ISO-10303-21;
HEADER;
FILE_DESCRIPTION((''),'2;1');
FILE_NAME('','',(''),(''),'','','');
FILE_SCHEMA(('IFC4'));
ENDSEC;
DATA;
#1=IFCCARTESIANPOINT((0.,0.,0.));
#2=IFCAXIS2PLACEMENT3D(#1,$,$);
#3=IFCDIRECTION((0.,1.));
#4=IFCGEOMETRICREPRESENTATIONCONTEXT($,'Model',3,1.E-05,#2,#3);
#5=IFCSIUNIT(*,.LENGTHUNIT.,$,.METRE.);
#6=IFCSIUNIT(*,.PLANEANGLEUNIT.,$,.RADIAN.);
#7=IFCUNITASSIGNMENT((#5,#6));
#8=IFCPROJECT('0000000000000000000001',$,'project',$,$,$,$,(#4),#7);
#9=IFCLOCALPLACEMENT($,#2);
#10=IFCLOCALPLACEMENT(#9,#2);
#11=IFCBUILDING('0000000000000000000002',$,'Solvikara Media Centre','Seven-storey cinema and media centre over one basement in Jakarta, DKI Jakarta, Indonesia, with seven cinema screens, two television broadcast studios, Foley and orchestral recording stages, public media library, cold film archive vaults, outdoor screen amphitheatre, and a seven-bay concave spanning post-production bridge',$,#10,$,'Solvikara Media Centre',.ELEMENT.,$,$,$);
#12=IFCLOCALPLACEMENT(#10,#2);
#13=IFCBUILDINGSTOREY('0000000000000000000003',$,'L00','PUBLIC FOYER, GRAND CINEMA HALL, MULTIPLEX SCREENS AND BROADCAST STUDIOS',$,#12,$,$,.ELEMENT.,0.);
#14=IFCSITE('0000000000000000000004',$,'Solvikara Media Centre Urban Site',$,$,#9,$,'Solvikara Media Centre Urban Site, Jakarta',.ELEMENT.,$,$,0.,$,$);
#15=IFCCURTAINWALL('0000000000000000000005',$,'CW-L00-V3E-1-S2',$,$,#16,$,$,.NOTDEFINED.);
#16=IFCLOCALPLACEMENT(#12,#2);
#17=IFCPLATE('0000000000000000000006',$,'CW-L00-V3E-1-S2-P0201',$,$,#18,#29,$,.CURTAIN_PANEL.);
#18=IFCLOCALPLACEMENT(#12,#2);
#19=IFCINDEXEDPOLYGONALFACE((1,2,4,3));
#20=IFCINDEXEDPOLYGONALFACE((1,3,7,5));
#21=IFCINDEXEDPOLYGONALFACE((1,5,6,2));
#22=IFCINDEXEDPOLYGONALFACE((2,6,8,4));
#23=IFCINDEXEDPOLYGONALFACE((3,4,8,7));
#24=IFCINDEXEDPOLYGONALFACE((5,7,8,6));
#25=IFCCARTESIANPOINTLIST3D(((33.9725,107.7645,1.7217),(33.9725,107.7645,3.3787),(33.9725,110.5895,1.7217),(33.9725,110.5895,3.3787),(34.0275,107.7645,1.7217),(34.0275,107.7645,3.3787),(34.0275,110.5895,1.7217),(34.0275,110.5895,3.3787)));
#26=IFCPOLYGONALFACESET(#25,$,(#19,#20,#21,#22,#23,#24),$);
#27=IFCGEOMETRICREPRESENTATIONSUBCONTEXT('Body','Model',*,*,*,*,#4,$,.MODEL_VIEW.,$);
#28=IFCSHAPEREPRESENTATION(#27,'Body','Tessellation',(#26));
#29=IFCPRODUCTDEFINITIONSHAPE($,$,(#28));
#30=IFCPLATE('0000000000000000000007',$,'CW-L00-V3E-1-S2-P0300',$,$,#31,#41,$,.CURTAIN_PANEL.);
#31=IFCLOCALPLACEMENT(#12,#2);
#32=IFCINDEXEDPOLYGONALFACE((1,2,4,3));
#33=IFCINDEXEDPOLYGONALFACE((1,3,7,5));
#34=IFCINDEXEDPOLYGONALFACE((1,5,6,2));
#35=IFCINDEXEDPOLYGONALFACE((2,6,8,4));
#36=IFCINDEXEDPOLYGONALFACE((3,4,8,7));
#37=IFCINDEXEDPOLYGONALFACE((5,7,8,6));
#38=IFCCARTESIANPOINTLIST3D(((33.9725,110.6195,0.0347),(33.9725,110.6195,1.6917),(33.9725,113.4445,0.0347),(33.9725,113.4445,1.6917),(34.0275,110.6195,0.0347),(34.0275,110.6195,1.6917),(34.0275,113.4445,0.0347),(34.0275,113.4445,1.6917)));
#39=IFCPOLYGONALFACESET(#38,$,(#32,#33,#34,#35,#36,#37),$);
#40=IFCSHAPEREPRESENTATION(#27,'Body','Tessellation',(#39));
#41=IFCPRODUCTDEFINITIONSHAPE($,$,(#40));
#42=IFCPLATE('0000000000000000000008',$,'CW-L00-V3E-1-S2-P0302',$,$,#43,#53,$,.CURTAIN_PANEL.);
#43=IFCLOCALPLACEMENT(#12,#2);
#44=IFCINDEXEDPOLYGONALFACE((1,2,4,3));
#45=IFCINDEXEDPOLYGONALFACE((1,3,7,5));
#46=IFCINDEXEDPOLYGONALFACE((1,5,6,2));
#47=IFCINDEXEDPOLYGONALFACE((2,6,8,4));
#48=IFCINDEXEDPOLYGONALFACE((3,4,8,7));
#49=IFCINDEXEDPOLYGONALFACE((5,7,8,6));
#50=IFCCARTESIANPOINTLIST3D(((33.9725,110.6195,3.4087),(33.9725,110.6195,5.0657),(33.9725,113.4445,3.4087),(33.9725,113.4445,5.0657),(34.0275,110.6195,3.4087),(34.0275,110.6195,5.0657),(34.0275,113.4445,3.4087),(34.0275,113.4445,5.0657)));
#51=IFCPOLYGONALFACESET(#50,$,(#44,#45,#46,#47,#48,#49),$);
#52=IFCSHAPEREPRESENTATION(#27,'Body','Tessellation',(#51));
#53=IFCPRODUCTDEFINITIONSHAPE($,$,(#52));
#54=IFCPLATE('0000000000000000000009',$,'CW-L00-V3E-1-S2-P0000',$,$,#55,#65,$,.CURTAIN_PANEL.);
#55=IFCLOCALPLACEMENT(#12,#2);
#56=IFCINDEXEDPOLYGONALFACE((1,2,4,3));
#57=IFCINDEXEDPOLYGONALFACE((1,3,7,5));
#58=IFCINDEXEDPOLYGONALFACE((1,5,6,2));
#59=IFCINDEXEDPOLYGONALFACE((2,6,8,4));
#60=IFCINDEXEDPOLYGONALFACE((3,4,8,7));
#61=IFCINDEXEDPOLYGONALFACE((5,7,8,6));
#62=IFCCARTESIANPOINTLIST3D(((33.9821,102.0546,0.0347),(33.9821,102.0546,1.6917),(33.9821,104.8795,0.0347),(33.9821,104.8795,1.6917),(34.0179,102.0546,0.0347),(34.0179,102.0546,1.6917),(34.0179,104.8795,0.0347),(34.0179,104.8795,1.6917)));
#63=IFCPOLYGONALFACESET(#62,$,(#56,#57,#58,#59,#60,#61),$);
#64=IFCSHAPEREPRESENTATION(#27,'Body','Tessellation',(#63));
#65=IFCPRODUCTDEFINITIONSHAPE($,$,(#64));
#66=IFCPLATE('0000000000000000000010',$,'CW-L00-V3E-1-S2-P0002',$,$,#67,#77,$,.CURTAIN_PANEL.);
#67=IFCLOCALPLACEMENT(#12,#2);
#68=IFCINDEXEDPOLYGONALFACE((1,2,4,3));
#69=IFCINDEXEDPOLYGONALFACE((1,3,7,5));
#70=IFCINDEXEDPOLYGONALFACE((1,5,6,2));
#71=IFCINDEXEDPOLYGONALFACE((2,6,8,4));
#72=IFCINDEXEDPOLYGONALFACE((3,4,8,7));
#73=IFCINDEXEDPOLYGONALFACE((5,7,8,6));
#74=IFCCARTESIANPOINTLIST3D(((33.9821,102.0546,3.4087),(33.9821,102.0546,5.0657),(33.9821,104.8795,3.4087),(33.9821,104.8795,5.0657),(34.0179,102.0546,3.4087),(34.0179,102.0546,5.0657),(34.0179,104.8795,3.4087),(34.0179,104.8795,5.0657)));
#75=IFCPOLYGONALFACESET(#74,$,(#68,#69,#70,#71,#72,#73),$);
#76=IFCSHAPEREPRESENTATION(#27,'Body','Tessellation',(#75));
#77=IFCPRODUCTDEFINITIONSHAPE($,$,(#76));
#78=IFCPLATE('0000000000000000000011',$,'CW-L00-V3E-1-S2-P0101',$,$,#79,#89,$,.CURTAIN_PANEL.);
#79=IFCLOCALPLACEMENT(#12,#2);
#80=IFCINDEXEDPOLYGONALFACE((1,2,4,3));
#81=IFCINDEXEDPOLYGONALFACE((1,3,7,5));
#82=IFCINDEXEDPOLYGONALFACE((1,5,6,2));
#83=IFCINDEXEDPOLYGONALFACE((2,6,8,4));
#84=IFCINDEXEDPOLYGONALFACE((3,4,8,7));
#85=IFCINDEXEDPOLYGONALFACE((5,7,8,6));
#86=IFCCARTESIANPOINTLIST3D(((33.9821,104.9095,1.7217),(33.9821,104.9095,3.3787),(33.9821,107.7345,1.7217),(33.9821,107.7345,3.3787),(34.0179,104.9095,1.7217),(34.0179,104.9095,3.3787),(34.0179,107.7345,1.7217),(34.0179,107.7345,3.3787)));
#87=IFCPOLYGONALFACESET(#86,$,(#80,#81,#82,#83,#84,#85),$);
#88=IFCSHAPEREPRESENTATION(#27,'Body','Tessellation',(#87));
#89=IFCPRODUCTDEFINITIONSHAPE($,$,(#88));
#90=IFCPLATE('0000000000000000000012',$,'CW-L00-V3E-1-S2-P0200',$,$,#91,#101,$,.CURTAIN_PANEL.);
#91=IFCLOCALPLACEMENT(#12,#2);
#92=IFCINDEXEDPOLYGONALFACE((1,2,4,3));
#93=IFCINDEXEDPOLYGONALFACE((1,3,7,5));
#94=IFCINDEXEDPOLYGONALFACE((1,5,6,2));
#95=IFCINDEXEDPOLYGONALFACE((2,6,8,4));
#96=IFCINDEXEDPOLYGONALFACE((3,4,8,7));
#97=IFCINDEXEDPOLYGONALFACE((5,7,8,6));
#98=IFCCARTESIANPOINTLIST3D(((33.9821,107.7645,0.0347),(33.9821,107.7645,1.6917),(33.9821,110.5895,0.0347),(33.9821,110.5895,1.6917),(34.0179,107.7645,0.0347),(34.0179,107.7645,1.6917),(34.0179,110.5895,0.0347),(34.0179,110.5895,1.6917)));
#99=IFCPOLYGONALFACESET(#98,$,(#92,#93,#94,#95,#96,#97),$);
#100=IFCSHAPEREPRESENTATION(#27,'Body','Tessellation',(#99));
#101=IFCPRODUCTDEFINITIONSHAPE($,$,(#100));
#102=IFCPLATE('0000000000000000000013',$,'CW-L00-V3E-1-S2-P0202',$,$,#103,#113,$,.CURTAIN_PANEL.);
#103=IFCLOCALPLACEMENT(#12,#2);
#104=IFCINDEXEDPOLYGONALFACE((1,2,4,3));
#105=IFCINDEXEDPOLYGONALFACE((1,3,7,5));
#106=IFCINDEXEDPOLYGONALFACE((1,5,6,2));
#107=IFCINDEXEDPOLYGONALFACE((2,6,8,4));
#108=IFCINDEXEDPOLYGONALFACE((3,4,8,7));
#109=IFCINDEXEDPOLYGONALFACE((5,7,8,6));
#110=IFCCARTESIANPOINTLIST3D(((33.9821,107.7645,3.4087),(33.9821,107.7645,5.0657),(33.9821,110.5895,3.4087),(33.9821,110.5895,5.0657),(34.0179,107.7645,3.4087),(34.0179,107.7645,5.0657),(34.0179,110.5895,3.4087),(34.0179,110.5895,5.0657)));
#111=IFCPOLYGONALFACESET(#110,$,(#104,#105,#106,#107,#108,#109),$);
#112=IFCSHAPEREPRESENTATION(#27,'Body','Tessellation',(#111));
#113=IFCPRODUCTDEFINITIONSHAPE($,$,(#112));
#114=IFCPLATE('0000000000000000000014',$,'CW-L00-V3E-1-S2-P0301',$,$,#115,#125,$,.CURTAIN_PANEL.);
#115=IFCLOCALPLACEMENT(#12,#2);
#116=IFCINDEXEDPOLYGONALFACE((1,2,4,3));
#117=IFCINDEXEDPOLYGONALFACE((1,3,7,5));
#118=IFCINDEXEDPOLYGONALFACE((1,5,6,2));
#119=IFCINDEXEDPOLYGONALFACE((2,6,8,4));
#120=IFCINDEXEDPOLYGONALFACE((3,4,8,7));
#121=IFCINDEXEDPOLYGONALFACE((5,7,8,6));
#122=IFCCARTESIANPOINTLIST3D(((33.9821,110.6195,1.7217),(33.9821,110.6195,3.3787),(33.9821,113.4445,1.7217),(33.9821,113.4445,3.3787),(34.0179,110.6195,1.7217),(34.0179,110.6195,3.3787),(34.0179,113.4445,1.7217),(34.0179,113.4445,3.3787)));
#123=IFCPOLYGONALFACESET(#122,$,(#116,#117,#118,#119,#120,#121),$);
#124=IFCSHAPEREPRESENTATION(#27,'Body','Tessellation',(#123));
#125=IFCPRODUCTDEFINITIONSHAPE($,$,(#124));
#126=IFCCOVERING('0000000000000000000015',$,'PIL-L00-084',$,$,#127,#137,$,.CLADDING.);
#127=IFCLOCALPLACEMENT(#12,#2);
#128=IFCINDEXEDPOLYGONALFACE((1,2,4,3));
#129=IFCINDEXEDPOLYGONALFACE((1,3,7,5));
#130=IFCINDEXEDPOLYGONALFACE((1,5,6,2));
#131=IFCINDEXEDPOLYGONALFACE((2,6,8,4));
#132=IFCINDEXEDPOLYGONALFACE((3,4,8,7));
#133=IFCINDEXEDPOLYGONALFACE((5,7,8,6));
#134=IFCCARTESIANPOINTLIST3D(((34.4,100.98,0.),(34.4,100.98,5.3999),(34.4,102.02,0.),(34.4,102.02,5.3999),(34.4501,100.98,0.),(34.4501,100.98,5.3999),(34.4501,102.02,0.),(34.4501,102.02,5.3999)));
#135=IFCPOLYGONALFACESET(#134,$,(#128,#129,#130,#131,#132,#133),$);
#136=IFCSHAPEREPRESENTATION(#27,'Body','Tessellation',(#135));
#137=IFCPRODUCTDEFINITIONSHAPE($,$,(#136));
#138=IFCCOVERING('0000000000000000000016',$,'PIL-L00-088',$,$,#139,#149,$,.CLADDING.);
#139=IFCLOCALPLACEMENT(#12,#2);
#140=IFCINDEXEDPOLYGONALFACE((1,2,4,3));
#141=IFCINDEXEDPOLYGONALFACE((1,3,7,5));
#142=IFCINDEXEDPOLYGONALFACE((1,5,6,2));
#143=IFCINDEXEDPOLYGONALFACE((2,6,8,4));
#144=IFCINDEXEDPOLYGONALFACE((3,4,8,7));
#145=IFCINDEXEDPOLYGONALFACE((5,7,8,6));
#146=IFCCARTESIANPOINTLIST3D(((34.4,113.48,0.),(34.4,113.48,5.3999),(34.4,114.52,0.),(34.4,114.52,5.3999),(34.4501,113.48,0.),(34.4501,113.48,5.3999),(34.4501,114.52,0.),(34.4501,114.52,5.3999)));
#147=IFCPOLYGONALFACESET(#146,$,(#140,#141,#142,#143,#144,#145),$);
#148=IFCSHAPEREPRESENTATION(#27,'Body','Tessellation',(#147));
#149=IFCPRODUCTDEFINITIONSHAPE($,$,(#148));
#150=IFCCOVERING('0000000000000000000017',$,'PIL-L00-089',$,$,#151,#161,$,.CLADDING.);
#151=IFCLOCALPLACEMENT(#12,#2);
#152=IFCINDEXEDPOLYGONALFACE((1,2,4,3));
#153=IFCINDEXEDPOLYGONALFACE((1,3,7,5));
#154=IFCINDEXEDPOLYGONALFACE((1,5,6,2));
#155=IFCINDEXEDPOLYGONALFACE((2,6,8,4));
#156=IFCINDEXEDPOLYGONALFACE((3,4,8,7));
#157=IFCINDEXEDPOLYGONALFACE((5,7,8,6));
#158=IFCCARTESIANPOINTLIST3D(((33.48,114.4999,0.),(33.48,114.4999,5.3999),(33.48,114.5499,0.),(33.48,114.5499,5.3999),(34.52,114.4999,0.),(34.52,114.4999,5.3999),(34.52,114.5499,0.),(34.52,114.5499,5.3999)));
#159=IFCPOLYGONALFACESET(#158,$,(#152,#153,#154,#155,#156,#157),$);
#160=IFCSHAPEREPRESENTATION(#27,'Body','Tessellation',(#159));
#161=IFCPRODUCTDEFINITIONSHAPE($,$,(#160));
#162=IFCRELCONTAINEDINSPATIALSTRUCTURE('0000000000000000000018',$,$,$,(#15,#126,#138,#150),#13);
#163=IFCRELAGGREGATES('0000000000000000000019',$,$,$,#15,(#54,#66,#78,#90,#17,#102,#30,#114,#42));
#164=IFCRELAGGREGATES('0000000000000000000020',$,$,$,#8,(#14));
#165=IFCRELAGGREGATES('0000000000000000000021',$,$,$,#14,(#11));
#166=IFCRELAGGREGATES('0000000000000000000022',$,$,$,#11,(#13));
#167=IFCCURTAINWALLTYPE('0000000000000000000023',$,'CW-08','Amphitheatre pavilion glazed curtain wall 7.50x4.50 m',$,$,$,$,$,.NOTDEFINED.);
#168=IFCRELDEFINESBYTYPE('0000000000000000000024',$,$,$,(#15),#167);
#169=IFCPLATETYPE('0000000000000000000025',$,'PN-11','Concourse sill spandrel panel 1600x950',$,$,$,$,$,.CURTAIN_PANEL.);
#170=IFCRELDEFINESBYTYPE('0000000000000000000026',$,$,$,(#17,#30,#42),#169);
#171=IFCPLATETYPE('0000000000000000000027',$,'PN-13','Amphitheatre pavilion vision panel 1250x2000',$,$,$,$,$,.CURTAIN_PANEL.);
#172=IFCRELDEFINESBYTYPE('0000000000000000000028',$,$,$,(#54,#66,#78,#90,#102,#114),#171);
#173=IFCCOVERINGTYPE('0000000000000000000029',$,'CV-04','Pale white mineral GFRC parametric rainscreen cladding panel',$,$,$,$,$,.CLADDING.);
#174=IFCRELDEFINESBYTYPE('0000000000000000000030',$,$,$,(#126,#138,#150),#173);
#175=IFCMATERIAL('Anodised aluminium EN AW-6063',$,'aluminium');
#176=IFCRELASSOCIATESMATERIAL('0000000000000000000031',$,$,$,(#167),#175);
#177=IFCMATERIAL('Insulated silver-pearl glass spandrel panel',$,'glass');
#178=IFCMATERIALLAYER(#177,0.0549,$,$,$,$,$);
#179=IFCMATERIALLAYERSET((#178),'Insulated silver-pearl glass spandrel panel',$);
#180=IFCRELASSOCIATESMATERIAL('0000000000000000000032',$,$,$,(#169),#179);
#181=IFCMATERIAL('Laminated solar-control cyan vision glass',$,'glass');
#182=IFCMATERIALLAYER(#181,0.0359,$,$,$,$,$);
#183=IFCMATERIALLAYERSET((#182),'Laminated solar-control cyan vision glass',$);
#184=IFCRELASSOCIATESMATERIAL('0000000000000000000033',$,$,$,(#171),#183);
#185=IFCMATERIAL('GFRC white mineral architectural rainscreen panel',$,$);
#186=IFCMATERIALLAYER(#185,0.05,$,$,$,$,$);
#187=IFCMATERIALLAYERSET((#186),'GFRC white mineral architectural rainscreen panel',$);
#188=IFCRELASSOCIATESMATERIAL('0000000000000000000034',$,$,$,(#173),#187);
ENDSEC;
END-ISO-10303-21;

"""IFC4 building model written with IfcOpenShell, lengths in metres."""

from ifc_helpers import new_model, si_unit, direction, frame, origin, origin_2d, place, context, subcontext, project, spatial, rectangle, extrude, material, layer, layer_set, type_object, element, aggregate, save


model = new_model("IFC4")

# Units and contexts
model_context = context("Model", 3, precision=1e-05, world=origin(), true_north=direction((0.0, 1.0)))
body_context = subcontext(model_context, "Body", "Model", "MODEL_VIEW")
ifc_project = project(units=[si_unit("LENGTHUNIT", "METRE"), si_unit("PLANEANGLEUNIT", "RADIAN")], contexts=[model_context])

# Site, building, storey
site_placement = place(None, origin())
site = spatial("IfcSite", under=ifc_project, at=site_placement, Name="Solvikara Media Centre Urban Site", LongName="Solvikara Media Centre Urban Site, Jakarta", CompositionType="ELEMENT", RefElevation=0.0)
building_placement = place(site_placement, origin())
building = spatial("IfcBuilding", under=site, at=building_placement, Name="Solvikara Media Centre", Description="Seven-storey cinema and media centre over one basement in Jakarta, DKI Jakarta, Indonesia, with seven cinema screens, two television broadcast studios, Foley and orchestral recording stages, public media library, cold film archive vaults, outdoor screen amphitheatre, and a seven-bay concave spanning post-production bridge", LongName="Solvikara Media Centre", CompositionType="ELEMENT")
storey_placement = place(building_placement, origin())
storey = spatial("IfcBuildingStorey", under=building, at=storey_placement, Name="L00", Description="PUBLIC FOYER, GRAND CINEMA HALL, MULTIPLEX SCREENS AND BROADCAST STUDIOS", CompositionType="ELEMENT", Elevation=0.0)

# Curtain wall, plates
ifc_material_1 = material(Name="Anodised aluminium EN AW-6063", Category="aluminium")
curtain_wall_type = type_object("IfcCurtainWallType", Name="CW-08", Description="Amphitheatre pavilion glazed curtain wall 7.50x4.50 m", PredefinedType="NOTDEFINED", material=ifc_material_1)
curtain_wall_placement = place(storey_placement, origin())
curtain_wall = element("IfcCurtainWall", 1, at=curtain_wall_placement, inside=storey, type_object=curtain_wall_type, Name="CW-L00-V3E-1-S2", PredefinedType="NOTDEFINED")
ifc_material_2 = material(Name="Insulated silver-pearl glass spandrel panel", Category="glass")
ifc_layer_1 = layer(ifc_material_2, 0.0549)
ifc_layer_set_1 = layer_set([ifc_layer_1], Name="Insulated silver-pearl glass spandrel panel")
plate_type_1 = type_object("IfcPlateType", Name="PN-11", Description="Concourse sill spandrel panel 1600x950", PredefinedType="CURTAIN_PANEL", material=ifc_layer_set_1)
plate_1_placement = place(storey_placement, frame((34.0, 109.177, 1.7217), z_axis=(0.0, 0.0, 1.0), x_axis=(0.0, 1.0, 0.0)))
plate_1 = element("IfcPlate", 2, at=plate_1_placement, type_object=plate_type_1, Name="CW-L00-V3E-1-S2-P0201", PredefinedType="CURTAIN_PANEL", context=body_context, shape_type="SweptSolid", body=[
    extrude(rectangle(XDim=2.825, YDim=0.0549, at=origin_2d()), origin(), (0.0, 0.0, 1.0), 1.657),
])
plate_2_placement = place(storey_placement, frame((34.0, 112.032, 0.0347), z_axis=(0.0, 0.0, 1.0), x_axis=(0.0, 1.0, 0.0)))
plate_2 = element("IfcPlate", 3, at=plate_2_placement, type_object=plate_type_1, Name="CW-L00-V3E-1-S2-P0300", PredefinedType="CURTAIN_PANEL", context=body_context, shape_type="SweptSolid", body=[
    extrude(rectangle(XDim=2.825, YDim=0.0549, at=origin_2d()), origin(), (0.0, 0.0, 1.0), 1.657),
])
plate_3_placement = place(storey_placement, frame((34.0, 112.032, 3.4087), z_axis=(0.0, 0.0, 1.0), x_axis=(0.0, 1.0, 0.0)))
plate_3 = element("IfcPlate", 4, at=plate_3_placement, type_object=plate_type_1, Name="CW-L00-V3E-1-S2-P0302", PredefinedType="CURTAIN_PANEL", context=body_context, shape_type="SweptSolid", body=[
    extrude(rectangle(XDim=2.825, YDim=0.0549, at=origin_2d()), origin(), (0.0, 0.0, 1.0), 1.657),
])
ifc_material_3 = material(Name="Laminated solar-control cyan vision glass", Category="glass")
ifc_layer_2 = layer(ifc_material_3, 0.0359)
ifc_layer_set_2 = layer_set([ifc_layer_2], Name="Laminated solar-control cyan vision glass")
plate_type_2 = type_object("IfcPlateType", Name="PN-13", Description="Amphitheatre pavilion vision panel 1250x2000", PredefinedType="CURTAIN_PANEL", material=ifc_layer_set_2)
plate_4_placement = place(storey_placement, frame((34.0, 103.467, 0.0347), z_axis=(0.0, 0.0, 1.0), x_axis=(0.0, 1.0, 0.0)))
plate_4 = element("IfcPlate", 5, at=plate_4_placement, type_object=plate_type_2, Name="CW-L00-V3E-1-S2-P0000", PredefinedType="CURTAIN_PANEL", context=body_context, shape_type="SweptSolid", body=[
    extrude(rectangle(XDim=2.825, YDim=0.0359, at=origin_2d()), origin(), (0.0, 0.0, 1.0), 1.657),
])
plate_5_placement = place(storey_placement, frame((34.0, 103.467, 3.4087), z_axis=(0.0, 0.0, 1.0), x_axis=(0.0, 1.0, 0.0)))
plate_5 = element("IfcPlate", 6, at=plate_5_placement, type_object=plate_type_2, Name="CW-L00-V3E-1-S2-P0002", PredefinedType="CURTAIN_PANEL", context=body_context, shape_type="SweptSolid", body=[
    extrude(rectangle(XDim=2.825, YDim=0.0359, at=origin_2d()), origin(), (0.0, 0.0, 1.0), 1.657),
])
plate_6_placement = place(storey_placement, frame((34.0, 106.322, 1.7217), z_axis=(0.0, 0.0, 1.0), x_axis=(0.0, 1.0, 0.0)))
plate_6 = element("IfcPlate", 7, at=plate_6_placement, type_object=plate_type_2, Name="CW-L00-V3E-1-S2-P0101", PredefinedType="CURTAIN_PANEL", context=body_context, shape_type="SweptSolid", body=[
    extrude(rectangle(XDim=2.825, YDim=0.0359, at=origin_2d()), origin(), (0.0, 0.0, 1.0), 1.657),
])
plate_7_placement = place(storey_placement, frame((34.0, 109.177, 0.0347), z_axis=(0.0, 0.0, 1.0), x_axis=(0.0, 1.0, 0.0)))
plate_7 = element("IfcPlate", 8, at=plate_7_placement, type_object=plate_type_2, Name="CW-L00-V3E-1-S2-P0200", PredefinedType="CURTAIN_PANEL", context=body_context, shape_type="SweptSolid", body=[
    extrude(rectangle(XDim=2.825, YDim=0.0359, at=origin_2d()), origin(), (0.0, 0.0, 1.0), 1.657),
])
plate_8_placement = place(storey_placement, frame((34.0, 109.177, 3.4087), z_axis=(0.0, 0.0, 1.0), x_axis=(0.0, 1.0, 0.0)))
plate_8 = element("IfcPlate", 9, at=plate_8_placement, type_object=plate_type_2, Name="CW-L00-V3E-1-S2-P0202", PredefinedType="CURTAIN_PANEL", context=body_context, shape_type="SweptSolid", body=[
    extrude(rectangle(XDim=2.825, YDim=0.0359, at=origin_2d()), origin(), (0.0, 0.0, 1.0), 1.657),
])
plate_9_placement = place(storey_placement, frame((34.0, 112.032, 1.7217), z_axis=(0.0, 0.0, 1.0), x_axis=(0.0, 1.0, 0.0)))
plate_9 = element("IfcPlate", 10, at=plate_9_placement, type_object=plate_type_2, Name="CW-L00-V3E-1-S2-P0301", PredefinedType="CURTAIN_PANEL", context=body_context, shape_type="SweptSolid", body=[
    extrude(rectangle(XDim=2.825, YDim=0.0359, at=origin_2d()), origin(), (0.0, 0.0, 1.0), 1.657),
])
aggregate(curtain_wall, [plate_4, plate_5, plate_6, plate_7, plate_1, plate_8, plate_2, plate_9, plate_3])

# Coverings
ifc_material_4 = material(Name="GFRC white mineral architectural rainscreen panel")
ifc_layer_3 = layer(ifc_material_4, 0.05)
ifc_layer_set_3 = layer_set([ifc_layer_3], Name="GFRC white mineral architectural rainscreen panel")
covering_type = type_object("IfcCoveringType", Name="CV-04", Description="Pale white mineral GFRC parametric rainscreen cladding panel", PredefinedType="CLADDING", material=ifc_layer_set_3)
for number, where, z_axis, x_axis, name in (
    (11, (34.425, 101.5, 0.0), (0.0, 0.0, 1.0), (0.0, 1.0, 0.0), "PIL-L00-084"),
    (12, (34.425, 114.0, 0.0), (0.0, 0.0, 1.0), (0.0, 1.0, 0.0), "PIL-L00-088"),
    (13, (34.0, 114.5249, 0.0), (0.0, 0.0, 1.0), (-1.0, 0.0, 0.0), "PIL-L00-089"),
):
    element("IfcCovering", number, at=place(storey_placement, frame(where, z_axis=z_axis, x_axis=x_axis)), inside=storey, type_object=covering_type, Name=name, PredefinedType="CLADDING", context=body_context, shape_type="SweptSolid", body=[
        extrude(rectangle(XDim=1.04, YDim=0.05, at=origin_2d()), origin(), (0.0, 0.0, 1.0), 5.3999),
    ])

save(model, "model.ifc")
